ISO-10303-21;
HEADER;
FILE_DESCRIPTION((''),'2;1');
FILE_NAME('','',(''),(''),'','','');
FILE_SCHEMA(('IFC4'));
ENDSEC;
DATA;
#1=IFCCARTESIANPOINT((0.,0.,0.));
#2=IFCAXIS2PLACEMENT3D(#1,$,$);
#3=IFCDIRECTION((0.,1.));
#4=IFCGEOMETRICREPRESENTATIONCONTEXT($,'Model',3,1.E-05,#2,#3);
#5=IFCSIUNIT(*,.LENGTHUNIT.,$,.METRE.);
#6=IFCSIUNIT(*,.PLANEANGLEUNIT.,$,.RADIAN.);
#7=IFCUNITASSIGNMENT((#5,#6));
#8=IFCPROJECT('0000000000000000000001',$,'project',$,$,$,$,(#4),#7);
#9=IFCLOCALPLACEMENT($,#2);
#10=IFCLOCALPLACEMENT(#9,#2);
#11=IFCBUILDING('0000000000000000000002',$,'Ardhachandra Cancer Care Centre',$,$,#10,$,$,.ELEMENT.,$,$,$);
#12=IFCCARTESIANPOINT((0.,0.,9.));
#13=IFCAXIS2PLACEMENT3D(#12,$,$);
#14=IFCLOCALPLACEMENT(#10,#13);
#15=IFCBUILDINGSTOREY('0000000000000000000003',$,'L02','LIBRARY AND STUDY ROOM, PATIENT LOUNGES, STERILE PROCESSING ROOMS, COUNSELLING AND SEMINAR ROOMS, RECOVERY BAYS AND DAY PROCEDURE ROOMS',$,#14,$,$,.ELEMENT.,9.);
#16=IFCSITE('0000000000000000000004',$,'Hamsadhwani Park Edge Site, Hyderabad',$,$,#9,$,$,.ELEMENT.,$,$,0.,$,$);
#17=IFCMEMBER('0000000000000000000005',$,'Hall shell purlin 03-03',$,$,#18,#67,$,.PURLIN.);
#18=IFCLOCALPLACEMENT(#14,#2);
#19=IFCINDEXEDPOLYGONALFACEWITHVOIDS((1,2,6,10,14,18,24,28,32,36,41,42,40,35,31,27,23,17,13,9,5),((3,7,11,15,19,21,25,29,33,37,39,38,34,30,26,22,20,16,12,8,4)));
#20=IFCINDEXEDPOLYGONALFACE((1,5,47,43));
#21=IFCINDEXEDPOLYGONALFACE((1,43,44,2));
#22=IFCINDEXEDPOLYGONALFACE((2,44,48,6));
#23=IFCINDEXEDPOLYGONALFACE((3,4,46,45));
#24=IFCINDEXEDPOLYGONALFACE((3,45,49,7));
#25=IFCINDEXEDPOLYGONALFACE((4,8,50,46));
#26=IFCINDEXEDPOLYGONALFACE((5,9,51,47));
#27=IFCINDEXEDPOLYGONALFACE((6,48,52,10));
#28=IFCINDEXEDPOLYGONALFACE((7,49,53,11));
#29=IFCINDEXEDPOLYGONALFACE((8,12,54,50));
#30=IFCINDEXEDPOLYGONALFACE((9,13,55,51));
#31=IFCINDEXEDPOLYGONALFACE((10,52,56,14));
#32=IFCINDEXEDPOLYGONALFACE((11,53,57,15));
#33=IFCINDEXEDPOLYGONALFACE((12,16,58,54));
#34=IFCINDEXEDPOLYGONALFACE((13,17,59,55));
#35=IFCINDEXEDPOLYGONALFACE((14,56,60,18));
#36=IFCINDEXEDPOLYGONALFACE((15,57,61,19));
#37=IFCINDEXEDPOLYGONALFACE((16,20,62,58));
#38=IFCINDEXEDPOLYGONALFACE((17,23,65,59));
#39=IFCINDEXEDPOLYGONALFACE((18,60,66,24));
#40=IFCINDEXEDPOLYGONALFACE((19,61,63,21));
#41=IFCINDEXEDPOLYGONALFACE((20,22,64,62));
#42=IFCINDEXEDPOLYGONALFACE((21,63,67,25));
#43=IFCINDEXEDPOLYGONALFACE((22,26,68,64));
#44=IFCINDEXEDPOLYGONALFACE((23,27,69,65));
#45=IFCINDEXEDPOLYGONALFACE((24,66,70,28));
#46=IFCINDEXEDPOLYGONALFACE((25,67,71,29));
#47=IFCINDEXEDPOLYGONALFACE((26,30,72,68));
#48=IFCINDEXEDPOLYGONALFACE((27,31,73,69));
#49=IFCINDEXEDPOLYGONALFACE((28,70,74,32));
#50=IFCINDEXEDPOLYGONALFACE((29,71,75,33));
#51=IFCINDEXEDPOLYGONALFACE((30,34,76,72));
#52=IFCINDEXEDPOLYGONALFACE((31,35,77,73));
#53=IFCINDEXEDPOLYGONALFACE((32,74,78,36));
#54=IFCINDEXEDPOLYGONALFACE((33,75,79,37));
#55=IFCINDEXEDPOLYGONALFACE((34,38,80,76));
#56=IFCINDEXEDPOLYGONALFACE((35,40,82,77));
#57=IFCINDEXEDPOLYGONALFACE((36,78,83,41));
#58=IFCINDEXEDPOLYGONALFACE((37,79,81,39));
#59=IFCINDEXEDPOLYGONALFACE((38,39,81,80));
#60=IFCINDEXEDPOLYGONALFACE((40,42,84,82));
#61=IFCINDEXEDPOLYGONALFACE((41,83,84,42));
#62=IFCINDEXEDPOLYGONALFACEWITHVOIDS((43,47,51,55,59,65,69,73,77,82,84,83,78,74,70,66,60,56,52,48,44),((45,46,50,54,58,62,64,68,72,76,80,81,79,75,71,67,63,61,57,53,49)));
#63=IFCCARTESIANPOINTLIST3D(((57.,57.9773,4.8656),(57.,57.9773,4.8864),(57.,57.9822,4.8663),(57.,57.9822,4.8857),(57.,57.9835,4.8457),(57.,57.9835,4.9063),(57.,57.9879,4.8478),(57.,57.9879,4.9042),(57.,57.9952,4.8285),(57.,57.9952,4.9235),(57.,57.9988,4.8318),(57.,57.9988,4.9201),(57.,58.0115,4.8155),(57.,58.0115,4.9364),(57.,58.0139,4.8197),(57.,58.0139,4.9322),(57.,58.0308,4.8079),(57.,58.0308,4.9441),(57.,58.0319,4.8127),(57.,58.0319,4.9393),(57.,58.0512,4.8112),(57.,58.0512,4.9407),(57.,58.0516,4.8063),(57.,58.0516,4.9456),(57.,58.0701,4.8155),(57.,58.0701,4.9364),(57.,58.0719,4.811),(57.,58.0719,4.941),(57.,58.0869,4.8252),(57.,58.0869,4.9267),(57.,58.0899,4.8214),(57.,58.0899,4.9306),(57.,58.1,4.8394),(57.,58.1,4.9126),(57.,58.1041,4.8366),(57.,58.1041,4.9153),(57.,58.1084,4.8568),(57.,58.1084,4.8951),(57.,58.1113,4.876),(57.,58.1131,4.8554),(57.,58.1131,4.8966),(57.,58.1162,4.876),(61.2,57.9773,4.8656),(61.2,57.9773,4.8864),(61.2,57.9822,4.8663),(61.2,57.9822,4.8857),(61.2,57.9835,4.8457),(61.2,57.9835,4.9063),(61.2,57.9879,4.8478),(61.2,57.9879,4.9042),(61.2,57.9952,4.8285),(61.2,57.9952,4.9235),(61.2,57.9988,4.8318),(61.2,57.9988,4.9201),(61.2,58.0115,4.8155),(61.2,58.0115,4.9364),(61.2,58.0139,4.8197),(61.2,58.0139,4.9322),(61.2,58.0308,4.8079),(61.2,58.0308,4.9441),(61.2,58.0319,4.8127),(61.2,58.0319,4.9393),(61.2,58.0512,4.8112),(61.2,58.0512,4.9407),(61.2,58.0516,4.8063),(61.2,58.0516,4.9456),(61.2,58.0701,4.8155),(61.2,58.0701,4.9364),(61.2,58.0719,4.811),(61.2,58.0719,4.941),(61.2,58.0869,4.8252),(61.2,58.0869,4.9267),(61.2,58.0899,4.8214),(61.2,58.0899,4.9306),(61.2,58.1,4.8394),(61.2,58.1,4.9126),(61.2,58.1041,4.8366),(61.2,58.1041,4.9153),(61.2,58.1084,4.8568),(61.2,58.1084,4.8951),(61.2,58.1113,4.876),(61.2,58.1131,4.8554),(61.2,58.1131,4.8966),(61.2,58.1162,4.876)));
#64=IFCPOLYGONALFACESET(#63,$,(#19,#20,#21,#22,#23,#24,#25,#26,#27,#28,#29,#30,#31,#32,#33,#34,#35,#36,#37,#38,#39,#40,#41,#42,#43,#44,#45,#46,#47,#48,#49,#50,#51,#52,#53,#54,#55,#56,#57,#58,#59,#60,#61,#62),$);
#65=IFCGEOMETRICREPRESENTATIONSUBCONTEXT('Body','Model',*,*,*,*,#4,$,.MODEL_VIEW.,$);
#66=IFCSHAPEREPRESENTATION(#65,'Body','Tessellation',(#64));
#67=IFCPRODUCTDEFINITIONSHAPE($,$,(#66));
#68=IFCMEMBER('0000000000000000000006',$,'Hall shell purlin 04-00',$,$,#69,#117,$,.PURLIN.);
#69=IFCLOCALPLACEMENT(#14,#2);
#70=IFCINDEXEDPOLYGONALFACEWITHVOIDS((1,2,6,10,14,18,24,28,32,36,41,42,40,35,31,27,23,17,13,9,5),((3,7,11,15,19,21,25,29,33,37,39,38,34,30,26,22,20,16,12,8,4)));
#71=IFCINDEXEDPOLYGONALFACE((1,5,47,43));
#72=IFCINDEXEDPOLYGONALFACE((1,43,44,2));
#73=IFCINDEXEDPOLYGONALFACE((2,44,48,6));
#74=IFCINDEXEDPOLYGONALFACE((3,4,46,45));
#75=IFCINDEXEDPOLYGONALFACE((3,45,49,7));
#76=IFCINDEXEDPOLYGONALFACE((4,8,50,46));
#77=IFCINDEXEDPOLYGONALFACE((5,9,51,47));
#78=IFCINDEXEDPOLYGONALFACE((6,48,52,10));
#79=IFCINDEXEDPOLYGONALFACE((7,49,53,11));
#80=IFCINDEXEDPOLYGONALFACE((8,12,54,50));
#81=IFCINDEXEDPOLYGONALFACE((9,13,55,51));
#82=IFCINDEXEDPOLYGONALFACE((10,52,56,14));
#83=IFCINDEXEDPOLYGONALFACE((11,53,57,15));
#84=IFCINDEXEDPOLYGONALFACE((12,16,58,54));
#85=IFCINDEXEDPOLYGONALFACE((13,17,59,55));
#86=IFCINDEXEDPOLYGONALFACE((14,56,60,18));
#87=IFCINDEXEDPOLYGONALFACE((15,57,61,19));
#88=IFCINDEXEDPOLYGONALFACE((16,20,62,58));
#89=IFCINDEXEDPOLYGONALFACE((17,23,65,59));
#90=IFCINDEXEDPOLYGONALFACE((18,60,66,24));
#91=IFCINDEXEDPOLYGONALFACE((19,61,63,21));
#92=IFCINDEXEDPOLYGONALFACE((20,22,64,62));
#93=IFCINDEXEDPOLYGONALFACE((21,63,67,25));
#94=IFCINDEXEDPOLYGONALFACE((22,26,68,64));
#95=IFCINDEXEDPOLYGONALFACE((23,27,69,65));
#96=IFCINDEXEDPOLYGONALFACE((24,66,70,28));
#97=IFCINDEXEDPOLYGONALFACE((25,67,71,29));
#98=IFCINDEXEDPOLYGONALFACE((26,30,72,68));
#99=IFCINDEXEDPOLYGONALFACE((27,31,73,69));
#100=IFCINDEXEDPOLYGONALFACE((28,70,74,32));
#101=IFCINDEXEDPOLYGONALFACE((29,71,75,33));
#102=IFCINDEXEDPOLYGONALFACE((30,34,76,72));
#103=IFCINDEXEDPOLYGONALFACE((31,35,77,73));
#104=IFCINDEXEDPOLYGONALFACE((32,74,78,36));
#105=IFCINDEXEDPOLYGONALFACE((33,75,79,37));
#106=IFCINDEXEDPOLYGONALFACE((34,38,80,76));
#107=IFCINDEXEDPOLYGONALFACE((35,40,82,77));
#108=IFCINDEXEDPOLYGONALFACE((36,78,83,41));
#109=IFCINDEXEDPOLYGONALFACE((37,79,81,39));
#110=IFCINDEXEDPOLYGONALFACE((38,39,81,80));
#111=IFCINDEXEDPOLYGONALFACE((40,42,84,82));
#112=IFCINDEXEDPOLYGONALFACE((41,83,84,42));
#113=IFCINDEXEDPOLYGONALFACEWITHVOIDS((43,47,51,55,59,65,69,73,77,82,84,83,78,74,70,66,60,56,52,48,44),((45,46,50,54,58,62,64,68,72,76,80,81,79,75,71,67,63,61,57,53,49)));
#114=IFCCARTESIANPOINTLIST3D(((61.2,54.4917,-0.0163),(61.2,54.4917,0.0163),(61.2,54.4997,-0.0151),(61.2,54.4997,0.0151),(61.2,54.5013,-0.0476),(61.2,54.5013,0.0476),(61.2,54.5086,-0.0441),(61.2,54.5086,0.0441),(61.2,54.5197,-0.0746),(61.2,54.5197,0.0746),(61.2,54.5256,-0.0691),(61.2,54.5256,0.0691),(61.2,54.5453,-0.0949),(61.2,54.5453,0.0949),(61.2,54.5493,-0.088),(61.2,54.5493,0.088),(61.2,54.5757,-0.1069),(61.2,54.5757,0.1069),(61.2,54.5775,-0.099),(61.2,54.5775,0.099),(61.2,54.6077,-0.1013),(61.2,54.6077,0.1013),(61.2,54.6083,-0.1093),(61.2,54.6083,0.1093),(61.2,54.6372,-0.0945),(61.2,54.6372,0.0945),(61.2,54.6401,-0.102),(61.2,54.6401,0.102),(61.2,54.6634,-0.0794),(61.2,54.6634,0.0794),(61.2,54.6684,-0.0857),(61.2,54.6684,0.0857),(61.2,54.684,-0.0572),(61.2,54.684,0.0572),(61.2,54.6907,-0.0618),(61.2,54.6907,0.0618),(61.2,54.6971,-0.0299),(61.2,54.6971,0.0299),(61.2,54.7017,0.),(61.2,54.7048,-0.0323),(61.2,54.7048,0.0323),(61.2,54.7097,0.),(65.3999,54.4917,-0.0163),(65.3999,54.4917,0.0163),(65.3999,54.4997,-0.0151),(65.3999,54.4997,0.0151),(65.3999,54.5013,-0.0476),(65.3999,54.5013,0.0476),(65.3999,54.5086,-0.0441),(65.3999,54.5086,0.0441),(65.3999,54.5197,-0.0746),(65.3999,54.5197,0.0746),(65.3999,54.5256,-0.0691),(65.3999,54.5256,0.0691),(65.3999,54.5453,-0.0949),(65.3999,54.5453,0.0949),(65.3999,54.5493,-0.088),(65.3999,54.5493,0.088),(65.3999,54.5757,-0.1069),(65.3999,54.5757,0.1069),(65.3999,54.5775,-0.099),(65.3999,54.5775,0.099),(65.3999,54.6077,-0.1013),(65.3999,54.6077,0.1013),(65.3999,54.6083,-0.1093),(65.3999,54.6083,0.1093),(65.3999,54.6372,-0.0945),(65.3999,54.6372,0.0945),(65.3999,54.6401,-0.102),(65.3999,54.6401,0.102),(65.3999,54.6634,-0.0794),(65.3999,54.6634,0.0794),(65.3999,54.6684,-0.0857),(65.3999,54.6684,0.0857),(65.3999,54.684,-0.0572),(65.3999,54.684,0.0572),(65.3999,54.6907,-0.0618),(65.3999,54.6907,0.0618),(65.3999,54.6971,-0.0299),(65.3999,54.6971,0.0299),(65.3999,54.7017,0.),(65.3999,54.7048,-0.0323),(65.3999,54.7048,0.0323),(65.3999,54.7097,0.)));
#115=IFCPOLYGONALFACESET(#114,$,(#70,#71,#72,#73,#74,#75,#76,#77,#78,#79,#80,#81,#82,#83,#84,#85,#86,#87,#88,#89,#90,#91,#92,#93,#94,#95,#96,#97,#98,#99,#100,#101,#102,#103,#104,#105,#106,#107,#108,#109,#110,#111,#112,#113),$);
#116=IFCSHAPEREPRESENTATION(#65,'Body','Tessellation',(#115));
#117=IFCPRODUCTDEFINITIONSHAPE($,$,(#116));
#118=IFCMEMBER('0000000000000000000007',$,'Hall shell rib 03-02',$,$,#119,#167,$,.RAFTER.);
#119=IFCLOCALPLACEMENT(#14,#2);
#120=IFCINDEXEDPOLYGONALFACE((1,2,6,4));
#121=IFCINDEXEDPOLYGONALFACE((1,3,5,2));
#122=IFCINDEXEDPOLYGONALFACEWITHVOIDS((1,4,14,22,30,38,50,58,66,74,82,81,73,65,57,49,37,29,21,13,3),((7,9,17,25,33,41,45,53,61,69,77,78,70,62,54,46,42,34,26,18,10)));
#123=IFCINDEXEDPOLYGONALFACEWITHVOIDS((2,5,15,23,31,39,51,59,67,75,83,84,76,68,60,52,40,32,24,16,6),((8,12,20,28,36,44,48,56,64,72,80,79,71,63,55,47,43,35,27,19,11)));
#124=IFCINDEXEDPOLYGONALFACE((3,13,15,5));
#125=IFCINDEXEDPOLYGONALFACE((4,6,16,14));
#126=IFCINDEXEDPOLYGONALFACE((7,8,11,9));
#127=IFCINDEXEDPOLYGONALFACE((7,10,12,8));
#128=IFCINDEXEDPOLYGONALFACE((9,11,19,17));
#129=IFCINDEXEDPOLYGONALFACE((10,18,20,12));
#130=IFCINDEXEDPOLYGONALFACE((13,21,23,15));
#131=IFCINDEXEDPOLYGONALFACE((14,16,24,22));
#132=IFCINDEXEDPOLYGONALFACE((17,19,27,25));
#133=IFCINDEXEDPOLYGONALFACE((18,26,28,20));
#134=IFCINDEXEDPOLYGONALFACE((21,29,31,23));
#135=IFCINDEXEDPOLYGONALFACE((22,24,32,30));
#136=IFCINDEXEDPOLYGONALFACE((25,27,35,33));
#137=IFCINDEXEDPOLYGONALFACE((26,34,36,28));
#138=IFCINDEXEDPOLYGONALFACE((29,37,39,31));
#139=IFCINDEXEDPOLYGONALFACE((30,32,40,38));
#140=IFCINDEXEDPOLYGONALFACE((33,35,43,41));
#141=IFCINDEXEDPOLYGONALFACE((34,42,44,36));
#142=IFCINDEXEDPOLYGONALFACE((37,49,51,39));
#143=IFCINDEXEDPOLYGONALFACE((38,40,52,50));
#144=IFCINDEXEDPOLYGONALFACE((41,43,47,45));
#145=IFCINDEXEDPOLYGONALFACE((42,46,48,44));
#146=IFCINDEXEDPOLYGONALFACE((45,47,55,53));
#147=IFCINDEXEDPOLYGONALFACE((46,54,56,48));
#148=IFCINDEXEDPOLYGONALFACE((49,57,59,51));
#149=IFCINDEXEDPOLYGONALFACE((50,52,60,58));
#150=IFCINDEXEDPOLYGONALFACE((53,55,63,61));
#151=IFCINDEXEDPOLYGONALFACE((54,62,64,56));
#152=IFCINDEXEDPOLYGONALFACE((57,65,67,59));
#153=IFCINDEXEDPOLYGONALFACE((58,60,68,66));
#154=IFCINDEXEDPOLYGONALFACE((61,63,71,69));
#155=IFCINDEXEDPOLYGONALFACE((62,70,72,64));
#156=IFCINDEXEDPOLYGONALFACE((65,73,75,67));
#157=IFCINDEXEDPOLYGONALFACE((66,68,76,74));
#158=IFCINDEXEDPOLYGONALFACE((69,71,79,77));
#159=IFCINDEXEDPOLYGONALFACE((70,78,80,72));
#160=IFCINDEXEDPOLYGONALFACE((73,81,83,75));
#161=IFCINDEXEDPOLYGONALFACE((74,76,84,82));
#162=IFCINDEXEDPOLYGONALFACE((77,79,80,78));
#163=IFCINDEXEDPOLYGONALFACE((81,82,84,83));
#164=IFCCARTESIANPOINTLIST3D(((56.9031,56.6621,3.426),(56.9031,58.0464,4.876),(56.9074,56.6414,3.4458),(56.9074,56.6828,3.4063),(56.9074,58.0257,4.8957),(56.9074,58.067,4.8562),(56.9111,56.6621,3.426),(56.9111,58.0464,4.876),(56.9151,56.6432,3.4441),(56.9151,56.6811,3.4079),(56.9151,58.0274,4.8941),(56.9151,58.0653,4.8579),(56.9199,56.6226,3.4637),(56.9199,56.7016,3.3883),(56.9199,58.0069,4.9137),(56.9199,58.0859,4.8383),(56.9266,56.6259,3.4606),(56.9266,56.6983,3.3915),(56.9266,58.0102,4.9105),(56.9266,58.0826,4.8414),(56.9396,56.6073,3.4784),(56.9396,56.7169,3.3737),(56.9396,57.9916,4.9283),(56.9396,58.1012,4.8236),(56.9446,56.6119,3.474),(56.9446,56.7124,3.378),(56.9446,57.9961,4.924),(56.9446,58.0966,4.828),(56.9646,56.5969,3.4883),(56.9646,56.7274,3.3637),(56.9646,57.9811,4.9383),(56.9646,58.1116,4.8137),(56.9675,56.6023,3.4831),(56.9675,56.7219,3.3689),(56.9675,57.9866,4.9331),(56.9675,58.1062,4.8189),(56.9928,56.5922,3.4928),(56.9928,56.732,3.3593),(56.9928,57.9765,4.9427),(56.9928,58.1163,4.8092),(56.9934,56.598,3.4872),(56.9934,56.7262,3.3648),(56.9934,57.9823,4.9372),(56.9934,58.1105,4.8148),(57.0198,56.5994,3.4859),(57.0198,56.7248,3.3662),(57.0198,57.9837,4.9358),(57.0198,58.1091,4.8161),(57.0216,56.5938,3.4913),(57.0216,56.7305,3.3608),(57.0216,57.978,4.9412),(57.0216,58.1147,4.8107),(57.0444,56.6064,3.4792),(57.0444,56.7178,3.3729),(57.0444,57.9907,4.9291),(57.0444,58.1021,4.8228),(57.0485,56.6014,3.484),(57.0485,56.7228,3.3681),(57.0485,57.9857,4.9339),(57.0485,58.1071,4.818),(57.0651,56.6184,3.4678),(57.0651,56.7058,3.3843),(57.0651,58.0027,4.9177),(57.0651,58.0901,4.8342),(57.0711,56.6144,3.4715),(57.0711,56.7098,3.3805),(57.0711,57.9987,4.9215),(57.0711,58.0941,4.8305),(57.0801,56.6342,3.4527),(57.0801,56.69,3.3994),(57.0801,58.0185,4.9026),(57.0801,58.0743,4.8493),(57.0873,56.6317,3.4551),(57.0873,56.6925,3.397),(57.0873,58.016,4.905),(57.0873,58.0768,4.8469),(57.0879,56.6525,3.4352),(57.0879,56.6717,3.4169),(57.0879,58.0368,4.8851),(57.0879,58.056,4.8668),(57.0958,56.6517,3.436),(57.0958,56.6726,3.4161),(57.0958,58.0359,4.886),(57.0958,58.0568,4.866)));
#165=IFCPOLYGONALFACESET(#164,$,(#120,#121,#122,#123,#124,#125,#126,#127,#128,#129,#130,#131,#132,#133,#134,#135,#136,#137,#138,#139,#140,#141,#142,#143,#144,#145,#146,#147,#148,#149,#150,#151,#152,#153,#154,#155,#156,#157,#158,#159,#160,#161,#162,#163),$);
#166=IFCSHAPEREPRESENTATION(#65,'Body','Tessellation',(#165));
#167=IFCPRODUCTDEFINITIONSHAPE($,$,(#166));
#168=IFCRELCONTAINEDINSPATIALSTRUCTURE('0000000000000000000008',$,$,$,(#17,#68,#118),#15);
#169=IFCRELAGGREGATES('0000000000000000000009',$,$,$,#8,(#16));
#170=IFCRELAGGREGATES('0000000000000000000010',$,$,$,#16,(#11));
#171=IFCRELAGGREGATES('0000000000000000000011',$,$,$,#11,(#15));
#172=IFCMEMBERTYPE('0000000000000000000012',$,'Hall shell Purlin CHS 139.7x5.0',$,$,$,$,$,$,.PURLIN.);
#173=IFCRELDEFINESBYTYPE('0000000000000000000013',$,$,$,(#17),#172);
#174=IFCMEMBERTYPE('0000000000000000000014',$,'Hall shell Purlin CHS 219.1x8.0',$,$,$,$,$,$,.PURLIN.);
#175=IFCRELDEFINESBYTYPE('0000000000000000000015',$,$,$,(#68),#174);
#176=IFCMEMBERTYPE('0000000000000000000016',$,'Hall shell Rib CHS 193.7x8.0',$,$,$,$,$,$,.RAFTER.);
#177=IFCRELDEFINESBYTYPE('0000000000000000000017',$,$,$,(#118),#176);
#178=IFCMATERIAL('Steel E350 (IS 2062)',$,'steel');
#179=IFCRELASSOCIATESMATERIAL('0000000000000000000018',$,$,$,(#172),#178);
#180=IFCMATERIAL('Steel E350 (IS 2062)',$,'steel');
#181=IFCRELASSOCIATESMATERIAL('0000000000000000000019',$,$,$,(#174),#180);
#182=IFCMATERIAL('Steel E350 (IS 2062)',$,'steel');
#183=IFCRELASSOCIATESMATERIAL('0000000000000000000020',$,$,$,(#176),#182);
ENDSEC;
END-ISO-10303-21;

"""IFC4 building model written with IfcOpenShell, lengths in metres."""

from ifc_helpers import new_model, si_unit, direction, frame, origin, origin_2d, place, context, subcontext, project, spatial, hollow_circle, extrude, material, material_profile, profile_set, type_object, element, save


model = new_model("IFC4")

# Units and contexts
model_context = context("Model", 3, precision=1e-05, world=origin(), true_north=direction((0.0, 1.0)))
body_context = subcontext(model_context, "Body", "Model", "MODEL_VIEW")
ifc_project = project(units=[si_unit("LENGTHUNIT", "METRE"), si_unit("PLANEANGLEUNIT", "RADIAN")], contexts=[model_context])

# Site, building, storey
site_placement = place(None, origin())
site = spatial("IfcSite", under=ifc_project, at=site_placement, Name="Hamsadhwani Park Edge Site, Hyderabad", CompositionType="ELEMENT", RefElevation=0.0)
building_placement = place(site_placement, origin())
building = spatial("IfcBuilding", under=site, at=building_placement, Name="Ardhachandra Cancer Care Centre", CompositionType="ELEMENT")
storey_placement = place(building_placement, frame((0.0, 0.0, 9.0)))
storey = spatial("IfcBuildingStorey", under=building, at=storey_placement, Name="L02", Description="LIBRARY AND STUDY ROOM, PATIENT LOUNGES, STERILE PROCESSING ROOMS, COUNSELLING AND SEMINAR ROOMS, RECOVERY BAYS AND DAY PROCEDURE ROOMS", CompositionType="ELEMENT", Elevation=9.0)

# Members
ifc_material_1 = material(Name="Steel E350 (IS 2062)", Category="steel")
ifc_material_profile_1 = material_profile(ifc_material_1, hollow_circle(Radius=0.0698, WallThickness=0.0049, at=origin_2d()), Name="CHS 139.7x5.0")
ifc_profile_set_1 = profile_set([ifc_material_profile_1], Name="Steel E350 (IS 2062)")
member_type_1 = type_object("IfcMemberType", Name="Hall shell Purlin CHS 139.7x5.0", PredefinedType="PURLIN", material=ifc_profile_set_1)
for number, where, z_axis, x_axis, name in (
    (1, (57.0, 58.0464, 4.876), (1.0, 0.0, 0.0), (0.0, 1.0, 0.0), "Hall shell purlin 03-03"),
):
    element("IfcMember", number, at=place(storey_placement, frame(where, z_axis=z_axis, x_axis=x_axis)), inside=storey, type_object=member_type_1, Name=name, PredefinedType="PURLIN", context=body_context, shape_type="SweptSolid", body=[
        extrude(hollow_circle(Radius=0.0698, WallThickness=0.0049, at=origin_2d()), origin(), (0.0, 0.0, 1.0), 4.2),
    ])
ifc_material_2 = material(Name="Steel E350 (IS 2062)", Category="steel")
ifc_material_profile_2 = material_profile(ifc_material_2, hollow_circle(Radius=0.1096, WallThickness=0.0081, at=origin_2d()), Name="CHS 219.1x8.0")
ifc_profile_set_2 = profile_set([ifc_material_profile_2], Name="Steel E350 (IS 2062)")
member_type_2 = type_object("IfcMemberType", Name="Hall shell Purlin CHS 219.1x8.0", PredefinedType="PURLIN", material=ifc_profile_set_2)
member_1_placement = place(storey_placement, frame((61.2, 54.6001, 0.0), z_axis=(1.0, 0.0, 0.0), x_axis=(0.0, 1.0, 0.0)))
element("IfcMember", 2, at=member_1_placement, inside=storey, type_object=member_type_2, Name="Hall shell purlin 04-00", PredefinedType="PURLIN", context=body_context, shape_type="SweptSolid", body=[
    extrude(hollow_circle(Radius=0.1096, WallThickness=0.0081, at=origin_2d()), origin(), (0.0, 0.0, 1.0), 4.2),
])
ifc_material_3 = material(Name="Steel E350 (IS 2062)", Category="steel")
ifc_material_profile_3 = material_profile(ifc_material_3, hollow_circle(Radius=0.0969, WallThickness=0.0081, at=origin_2d()), Name="CHS 193.7x8.0")
ifc_profile_set_3 = profile_set([ifc_material_profile_3], Name="Steel E350 (IS 2062)")
member_type_3 = type_object("IfcMemberType", Name="Hall shell Rib CHS 193.7x8.0", PredefinedType="RAFTER", material=ifc_profile_set_3)
member_2_placement = place(storey_placement, frame((57.0, 56.6621, 3.426), z_axis=(0.0, 0.690537, 0.723297), x_axis=(-1.0, 0.0, 0.0)))
element("IfcMember", 3, at=member_2_placement, inside=storey, type_object=member_type_3, Name="Hall shell rib 03-02", PredefinedType="RAFTER", context=body_context, shape_type="SweptSolid", body=[
    extrude(hollow_circle(Radius=0.0969, WallThickness=0.0081, at=origin_2d()), origin(), (0.0, 0.0, 1.0), 2.0046),
])

save(model, "model.ifc")
